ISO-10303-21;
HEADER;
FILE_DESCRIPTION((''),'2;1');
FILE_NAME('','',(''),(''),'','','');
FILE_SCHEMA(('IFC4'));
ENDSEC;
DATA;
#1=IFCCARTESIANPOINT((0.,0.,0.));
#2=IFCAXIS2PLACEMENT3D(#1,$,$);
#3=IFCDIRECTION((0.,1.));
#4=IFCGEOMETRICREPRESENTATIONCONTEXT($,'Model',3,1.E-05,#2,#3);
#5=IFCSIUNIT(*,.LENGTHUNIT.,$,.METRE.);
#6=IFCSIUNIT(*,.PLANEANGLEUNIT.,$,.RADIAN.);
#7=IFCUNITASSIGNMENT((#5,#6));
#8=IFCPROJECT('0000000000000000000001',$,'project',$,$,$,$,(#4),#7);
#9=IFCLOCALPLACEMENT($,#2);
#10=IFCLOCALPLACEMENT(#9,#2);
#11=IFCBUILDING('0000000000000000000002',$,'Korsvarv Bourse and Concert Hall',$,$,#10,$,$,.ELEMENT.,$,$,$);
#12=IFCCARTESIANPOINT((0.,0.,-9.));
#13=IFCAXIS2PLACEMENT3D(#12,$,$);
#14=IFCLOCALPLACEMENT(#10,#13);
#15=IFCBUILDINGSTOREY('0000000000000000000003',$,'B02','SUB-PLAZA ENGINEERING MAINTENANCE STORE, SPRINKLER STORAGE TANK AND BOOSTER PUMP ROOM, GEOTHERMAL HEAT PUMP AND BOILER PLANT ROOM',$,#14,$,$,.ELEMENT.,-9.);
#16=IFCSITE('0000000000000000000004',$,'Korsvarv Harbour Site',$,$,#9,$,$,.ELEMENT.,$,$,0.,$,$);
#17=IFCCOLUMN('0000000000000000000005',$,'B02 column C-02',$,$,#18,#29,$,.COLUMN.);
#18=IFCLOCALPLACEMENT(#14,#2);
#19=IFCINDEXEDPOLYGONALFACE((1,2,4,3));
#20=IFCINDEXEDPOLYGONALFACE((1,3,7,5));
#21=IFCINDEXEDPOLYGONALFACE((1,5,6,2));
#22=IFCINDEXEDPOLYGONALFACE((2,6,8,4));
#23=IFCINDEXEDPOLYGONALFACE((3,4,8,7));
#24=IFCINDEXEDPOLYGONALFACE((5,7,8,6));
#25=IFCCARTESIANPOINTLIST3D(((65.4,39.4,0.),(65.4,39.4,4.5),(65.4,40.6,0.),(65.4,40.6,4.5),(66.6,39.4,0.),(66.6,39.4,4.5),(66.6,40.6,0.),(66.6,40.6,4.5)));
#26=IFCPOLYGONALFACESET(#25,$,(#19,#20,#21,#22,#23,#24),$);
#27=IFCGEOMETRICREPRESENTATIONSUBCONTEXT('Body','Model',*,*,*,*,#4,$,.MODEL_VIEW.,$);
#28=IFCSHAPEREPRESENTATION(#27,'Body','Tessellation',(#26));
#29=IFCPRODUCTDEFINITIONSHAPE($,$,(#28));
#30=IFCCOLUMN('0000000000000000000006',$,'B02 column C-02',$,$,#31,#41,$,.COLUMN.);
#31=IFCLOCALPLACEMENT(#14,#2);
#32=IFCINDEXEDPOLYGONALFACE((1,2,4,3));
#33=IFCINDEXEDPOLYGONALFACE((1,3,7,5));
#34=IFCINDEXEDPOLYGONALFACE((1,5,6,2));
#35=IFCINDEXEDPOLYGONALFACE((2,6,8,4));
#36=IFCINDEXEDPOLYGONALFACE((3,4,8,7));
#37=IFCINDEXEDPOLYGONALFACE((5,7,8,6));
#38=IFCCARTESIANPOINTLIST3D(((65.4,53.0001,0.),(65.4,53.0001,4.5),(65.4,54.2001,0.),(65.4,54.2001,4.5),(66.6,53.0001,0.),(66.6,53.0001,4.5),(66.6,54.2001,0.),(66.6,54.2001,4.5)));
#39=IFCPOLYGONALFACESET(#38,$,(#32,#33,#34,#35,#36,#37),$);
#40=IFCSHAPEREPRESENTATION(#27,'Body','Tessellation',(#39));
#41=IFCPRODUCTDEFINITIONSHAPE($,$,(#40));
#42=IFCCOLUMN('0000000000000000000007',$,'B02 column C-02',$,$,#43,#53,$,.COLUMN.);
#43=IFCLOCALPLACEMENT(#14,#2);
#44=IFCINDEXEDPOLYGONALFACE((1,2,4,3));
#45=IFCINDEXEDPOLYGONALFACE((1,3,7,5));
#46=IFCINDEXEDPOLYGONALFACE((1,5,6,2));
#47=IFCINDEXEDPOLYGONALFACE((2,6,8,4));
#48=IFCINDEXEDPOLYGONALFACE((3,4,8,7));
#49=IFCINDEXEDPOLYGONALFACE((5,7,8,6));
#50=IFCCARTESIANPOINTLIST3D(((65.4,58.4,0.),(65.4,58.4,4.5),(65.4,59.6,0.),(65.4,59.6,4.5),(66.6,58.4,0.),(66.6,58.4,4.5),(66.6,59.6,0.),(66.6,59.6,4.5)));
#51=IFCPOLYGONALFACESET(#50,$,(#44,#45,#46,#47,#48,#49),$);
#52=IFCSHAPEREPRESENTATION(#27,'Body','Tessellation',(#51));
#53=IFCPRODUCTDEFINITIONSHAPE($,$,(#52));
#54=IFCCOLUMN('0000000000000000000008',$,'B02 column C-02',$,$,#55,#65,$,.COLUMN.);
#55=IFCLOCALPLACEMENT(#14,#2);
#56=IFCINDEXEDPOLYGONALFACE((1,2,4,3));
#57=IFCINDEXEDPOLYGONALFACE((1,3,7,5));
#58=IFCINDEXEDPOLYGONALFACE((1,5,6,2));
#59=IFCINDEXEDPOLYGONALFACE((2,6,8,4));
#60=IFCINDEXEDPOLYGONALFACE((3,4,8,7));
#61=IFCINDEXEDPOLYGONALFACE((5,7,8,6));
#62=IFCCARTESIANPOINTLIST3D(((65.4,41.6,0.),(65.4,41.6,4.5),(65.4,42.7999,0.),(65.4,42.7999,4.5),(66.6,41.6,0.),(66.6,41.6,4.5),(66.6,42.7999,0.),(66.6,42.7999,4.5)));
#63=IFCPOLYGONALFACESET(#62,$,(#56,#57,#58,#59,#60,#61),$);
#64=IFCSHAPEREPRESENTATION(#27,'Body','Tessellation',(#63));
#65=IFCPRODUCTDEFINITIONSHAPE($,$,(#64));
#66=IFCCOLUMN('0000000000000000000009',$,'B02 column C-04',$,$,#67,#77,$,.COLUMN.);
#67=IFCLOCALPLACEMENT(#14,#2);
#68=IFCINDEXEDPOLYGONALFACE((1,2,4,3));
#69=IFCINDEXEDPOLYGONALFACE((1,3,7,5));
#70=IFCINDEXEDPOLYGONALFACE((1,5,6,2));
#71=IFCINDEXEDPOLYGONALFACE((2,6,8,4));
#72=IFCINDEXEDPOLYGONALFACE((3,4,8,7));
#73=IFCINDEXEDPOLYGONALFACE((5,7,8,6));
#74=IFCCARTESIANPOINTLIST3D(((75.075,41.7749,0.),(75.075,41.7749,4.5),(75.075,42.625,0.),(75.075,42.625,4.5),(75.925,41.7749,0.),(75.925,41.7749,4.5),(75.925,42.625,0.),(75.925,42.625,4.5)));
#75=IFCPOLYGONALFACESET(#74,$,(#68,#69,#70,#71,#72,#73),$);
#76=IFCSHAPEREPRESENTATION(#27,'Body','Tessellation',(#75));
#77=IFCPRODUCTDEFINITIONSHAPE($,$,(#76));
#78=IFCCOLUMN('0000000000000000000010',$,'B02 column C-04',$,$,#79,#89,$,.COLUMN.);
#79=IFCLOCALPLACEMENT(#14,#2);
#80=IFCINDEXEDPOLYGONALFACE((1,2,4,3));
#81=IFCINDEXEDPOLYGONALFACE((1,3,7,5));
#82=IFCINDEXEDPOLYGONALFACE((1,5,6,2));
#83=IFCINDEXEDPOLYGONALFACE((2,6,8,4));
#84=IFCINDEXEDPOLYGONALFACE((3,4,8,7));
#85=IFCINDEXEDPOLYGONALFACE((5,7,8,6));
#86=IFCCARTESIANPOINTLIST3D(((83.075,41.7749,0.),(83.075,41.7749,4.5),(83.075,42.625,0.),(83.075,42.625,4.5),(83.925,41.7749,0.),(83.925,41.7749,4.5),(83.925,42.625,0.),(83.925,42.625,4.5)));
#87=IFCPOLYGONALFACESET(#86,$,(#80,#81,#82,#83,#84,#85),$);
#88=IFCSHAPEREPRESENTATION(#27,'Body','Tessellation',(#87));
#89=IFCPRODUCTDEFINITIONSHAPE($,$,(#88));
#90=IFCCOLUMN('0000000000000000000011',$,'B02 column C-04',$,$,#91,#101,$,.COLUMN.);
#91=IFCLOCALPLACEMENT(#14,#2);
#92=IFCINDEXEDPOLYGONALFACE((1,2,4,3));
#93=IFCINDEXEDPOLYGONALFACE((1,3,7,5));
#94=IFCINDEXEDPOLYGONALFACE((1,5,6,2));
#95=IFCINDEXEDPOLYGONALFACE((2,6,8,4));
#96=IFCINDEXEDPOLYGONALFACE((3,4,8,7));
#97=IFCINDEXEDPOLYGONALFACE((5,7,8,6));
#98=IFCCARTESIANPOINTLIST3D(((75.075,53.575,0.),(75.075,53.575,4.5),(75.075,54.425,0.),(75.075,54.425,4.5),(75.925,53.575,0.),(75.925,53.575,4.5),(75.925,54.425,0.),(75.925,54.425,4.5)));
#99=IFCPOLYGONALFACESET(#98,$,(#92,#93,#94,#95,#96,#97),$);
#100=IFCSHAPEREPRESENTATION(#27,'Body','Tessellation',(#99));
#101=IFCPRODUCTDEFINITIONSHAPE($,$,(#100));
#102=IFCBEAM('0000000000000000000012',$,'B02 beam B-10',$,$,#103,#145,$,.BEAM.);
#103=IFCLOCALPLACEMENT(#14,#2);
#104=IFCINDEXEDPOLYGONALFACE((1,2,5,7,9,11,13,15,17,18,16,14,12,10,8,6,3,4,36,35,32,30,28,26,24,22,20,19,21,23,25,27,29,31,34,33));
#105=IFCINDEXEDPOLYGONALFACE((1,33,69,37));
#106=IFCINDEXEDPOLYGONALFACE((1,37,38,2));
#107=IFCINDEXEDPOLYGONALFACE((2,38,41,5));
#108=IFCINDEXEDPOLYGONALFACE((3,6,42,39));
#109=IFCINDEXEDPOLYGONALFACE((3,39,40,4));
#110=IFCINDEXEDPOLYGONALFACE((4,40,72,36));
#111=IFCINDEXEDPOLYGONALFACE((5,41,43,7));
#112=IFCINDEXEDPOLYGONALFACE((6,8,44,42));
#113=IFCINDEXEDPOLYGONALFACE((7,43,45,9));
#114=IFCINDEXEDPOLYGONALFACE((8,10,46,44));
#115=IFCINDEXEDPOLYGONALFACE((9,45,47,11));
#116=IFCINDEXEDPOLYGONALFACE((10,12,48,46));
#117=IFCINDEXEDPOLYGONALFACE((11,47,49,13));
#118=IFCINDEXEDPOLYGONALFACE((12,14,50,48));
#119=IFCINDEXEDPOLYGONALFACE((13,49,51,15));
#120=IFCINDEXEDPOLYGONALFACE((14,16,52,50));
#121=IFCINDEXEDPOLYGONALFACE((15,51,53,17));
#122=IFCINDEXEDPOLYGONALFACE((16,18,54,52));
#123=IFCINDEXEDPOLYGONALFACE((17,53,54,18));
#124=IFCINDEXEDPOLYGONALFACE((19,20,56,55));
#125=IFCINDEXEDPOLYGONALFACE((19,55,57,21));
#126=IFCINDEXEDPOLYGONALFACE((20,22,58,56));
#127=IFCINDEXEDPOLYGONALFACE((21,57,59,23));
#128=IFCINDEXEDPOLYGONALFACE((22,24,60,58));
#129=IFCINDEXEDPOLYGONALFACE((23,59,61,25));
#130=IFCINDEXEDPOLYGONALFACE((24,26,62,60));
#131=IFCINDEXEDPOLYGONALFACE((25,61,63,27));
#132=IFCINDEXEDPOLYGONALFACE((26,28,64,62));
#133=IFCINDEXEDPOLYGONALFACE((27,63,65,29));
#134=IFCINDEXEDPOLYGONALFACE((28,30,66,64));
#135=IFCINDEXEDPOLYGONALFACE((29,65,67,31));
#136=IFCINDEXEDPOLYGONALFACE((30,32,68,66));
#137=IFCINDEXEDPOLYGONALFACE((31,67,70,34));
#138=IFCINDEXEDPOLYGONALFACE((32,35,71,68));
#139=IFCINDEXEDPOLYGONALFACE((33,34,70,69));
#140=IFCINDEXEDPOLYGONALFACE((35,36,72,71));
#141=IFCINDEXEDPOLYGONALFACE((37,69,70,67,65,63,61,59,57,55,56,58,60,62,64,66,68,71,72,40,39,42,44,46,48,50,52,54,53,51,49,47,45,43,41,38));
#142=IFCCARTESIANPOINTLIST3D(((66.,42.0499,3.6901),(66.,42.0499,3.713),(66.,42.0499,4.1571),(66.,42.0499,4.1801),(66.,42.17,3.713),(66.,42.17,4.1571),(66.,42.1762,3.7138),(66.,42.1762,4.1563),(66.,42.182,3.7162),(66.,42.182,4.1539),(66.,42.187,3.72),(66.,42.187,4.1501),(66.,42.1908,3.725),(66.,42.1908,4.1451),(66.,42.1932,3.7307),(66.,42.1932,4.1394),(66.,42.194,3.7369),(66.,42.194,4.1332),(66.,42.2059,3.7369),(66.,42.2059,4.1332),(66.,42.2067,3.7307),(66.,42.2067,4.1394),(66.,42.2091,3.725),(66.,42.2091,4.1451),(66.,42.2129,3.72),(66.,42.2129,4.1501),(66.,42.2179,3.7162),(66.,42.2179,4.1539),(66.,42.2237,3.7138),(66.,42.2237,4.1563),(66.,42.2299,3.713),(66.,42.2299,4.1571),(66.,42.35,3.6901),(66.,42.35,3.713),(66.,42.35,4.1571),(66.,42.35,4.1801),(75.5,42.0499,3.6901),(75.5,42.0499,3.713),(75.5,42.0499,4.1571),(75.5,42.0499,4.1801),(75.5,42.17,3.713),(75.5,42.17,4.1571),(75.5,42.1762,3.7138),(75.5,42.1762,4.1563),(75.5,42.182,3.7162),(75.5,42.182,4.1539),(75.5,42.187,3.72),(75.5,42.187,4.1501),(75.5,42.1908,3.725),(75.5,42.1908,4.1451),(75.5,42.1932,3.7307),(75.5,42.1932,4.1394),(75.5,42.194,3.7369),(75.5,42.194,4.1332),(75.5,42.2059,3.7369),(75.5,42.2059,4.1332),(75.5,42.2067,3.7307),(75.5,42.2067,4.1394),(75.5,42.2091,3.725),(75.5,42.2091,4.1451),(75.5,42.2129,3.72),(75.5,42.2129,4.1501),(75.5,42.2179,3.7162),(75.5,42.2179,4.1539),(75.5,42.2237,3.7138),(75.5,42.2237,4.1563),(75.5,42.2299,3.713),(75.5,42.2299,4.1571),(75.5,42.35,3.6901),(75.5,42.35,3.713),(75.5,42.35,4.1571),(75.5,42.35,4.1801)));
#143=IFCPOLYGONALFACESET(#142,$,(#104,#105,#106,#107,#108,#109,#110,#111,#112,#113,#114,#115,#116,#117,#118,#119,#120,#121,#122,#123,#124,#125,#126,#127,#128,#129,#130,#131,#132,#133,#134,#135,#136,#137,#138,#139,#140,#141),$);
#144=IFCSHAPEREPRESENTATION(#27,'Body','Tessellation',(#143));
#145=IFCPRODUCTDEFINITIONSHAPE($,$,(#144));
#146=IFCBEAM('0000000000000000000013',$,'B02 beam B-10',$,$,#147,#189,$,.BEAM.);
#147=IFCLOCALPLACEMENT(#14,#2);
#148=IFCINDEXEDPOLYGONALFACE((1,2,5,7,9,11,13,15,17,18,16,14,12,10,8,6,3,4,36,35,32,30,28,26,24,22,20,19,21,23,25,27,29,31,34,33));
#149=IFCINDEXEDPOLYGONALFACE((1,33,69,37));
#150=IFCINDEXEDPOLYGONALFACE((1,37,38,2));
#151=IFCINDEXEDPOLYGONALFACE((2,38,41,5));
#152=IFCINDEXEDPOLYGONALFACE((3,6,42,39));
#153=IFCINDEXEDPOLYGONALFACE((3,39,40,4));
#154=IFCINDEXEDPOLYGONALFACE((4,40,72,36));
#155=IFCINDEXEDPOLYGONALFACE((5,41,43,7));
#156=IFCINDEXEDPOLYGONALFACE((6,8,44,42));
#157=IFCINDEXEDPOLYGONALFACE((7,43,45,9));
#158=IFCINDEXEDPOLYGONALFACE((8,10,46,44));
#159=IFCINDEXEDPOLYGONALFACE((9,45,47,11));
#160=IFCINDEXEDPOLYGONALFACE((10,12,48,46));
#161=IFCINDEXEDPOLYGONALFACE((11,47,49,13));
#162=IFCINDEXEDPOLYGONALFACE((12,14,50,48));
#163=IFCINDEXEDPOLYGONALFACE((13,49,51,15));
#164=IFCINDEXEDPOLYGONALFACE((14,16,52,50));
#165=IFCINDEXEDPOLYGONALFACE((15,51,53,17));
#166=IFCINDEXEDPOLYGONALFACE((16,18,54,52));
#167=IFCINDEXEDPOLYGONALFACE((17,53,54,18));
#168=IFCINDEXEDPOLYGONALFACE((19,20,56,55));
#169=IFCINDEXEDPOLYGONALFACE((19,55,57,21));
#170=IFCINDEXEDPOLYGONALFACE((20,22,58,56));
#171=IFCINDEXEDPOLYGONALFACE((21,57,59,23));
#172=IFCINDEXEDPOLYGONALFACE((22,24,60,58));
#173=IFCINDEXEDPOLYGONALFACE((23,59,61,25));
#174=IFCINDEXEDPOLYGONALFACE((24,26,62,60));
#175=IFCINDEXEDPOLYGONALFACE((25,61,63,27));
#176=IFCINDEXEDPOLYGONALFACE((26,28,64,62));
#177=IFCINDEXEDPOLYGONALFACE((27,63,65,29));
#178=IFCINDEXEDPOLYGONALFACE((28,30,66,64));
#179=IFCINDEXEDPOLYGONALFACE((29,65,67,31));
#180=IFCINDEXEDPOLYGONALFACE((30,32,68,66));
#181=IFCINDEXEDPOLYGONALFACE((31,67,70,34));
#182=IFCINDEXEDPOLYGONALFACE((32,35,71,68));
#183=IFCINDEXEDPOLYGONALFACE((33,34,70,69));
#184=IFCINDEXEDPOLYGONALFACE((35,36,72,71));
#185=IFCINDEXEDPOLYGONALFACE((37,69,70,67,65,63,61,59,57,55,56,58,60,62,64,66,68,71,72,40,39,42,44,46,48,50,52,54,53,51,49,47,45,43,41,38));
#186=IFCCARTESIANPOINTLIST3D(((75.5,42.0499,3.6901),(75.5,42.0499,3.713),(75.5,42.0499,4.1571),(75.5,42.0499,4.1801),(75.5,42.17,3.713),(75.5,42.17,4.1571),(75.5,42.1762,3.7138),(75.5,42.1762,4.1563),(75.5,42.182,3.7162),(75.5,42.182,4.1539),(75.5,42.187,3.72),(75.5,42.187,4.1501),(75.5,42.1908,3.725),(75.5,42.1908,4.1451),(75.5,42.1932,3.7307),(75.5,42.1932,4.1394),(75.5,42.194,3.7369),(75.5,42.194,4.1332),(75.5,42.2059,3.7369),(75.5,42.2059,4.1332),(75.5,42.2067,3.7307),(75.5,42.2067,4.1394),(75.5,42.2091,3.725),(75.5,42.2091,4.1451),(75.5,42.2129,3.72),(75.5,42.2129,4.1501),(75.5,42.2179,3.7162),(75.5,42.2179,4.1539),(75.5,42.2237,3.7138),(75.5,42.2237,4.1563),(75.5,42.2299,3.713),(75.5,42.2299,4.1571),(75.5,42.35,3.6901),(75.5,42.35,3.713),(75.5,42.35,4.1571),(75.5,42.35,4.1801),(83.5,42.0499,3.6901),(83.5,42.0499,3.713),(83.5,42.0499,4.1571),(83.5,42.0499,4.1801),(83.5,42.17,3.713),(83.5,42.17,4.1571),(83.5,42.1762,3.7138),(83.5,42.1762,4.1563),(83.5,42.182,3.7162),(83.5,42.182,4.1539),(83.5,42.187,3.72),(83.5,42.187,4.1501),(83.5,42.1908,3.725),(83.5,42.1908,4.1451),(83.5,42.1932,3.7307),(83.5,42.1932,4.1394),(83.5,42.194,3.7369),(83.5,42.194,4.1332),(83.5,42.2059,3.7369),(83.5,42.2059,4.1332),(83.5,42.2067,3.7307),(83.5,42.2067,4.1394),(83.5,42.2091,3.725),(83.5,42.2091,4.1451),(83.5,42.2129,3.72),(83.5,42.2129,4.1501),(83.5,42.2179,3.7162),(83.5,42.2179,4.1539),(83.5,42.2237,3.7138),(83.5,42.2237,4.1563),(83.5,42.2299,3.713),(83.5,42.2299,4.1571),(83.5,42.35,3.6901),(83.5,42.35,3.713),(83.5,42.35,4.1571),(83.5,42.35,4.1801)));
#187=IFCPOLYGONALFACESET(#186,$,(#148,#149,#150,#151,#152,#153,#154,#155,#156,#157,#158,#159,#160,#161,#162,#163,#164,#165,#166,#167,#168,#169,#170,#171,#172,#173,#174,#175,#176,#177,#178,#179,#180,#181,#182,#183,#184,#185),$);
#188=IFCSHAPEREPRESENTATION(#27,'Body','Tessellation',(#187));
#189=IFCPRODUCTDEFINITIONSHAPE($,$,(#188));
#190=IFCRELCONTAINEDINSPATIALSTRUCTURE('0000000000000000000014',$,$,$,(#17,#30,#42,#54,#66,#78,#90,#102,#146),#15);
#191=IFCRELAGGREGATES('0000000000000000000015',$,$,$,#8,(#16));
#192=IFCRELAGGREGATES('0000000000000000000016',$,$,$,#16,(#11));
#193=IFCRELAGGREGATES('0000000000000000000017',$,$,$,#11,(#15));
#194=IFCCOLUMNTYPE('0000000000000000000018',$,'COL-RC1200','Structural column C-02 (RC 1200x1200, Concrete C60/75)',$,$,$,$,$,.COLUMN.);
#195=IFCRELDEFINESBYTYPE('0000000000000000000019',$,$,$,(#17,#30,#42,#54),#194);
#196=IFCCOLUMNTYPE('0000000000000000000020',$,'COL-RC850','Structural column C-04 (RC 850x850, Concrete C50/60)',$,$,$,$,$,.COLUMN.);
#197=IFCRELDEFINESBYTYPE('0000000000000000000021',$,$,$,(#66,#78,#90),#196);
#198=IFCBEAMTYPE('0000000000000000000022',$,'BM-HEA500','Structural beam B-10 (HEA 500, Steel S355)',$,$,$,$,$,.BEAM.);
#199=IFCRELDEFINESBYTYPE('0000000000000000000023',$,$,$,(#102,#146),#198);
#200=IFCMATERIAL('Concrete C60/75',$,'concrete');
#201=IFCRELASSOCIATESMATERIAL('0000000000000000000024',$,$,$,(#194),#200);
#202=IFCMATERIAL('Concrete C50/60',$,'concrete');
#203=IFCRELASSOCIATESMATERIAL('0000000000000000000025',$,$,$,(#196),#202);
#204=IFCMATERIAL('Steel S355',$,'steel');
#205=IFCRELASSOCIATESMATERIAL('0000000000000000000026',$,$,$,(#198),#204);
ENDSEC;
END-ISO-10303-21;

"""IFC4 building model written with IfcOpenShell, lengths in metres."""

from ifc_helpers import new_model, si_unit, direction, frame, origin, origin_2d, place, context, subcontext, project, spatial, rectangle, i_section, extrude, source, transform, mapped, material, material_profile, profile_set, type_object, element, save


model = new_model("IFC4")

# Units and contexts
model_context = context("Model", 3, precision=1e-05, world=origin(), true_north=direction((0.0, 1.0)))
body_context = subcontext(model_context, "Body", "Model", "MODEL_VIEW")
ifc_project = project(units=[si_unit("LENGTHUNIT", "METRE"), si_unit("PLANEANGLEUNIT", "RADIAN")], contexts=[model_context])

# Site, building, storey
site_placement = place(None, origin())
site = spatial("IfcSite", under=ifc_project, at=site_placement, Name="Korsvarv Harbour Site", CompositionType="ELEMENT", RefElevation=0.0)
building_placement = place(site_placement, origin())
building = spatial("IfcBuilding", under=site, at=building_placement, Name="Korsvarv Bourse and Concert Hall", CompositionType="ELEMENT")
storey_placement = place(building_placement, frame((0.0, 0.0, -9.0)))
storey = spatial("IfcBuildingStorey", under=building, at=storey_placement, Name="B02", Description="SUB-PLAZA ENGINEERING MAINTENANCE STORE, SPRINKLER STORAGE TANK AND BOOSTER PUMP ROOM, GEOTHERMAL HEAT PUMP AND BOILER PLANT ROOM", CompositionType="ELEMENT", Elevation=-9.0)

# Columns
ifc_material_1 = material(Name="Concrete C60/75", Category="concrete")
ifc_material_profile_1 = material_profile(ifc_material_1, rectangle(XDim=1.2, YDim=1.2, at=origin_2d()), Name="RC 1200x1200")
ifc_profile_set_1 = profile_set([ifc_material_profile_1], Name="Concrete C60/75")
column_type_1 = type_object("IfcColumnType", Name="COL-RC1200", Description="Structural column C-02 (RC 1200x1200, Concrete C60/75)", PredefinedType="COLUMN", material=ifc_profile_set_1)
shared_shape_1 = source(origin(), body_context, "Body", "SweptSolid", [
    extrude(rectangle(XDim=1.2, YDim=1.2, at=origin_2d()), origin(), (0.0, 0.0, 1.0), 4.5),
])
for number, where, z_axis, x_axis, name in (
    (1, (66.0, 40.0, 0.0), (0.0, 0.0, 1.0), (1.0, 0.0, 0.0), "B02 column C-02"),
    (2, (66.0, 53.6001, 0.0), (0.0, 0.0, 1.0), (1.0, 0.0, 0.0), "B02 column C-02"),
    (3, (66.0, 59.0, 0.0), (0.0, 0.0, 1.0), (1.0, 0.0, 0.0), "B02 column C-02"),
    (4, (66.0, 42.2, 0.0), (0.0, 0.0, 1.0), (1.0, 0.0, 0.0), "B02 column C-02"),
):
    element("IfcColumn", number, at=place(storey_placement, frame(where, z_axis=z_axis, x_axis=x_axis)), inside=storey, type_object=column_type_1, Name=name, PredefinedType="COLUMN", context=body_context, shape_type="MappedRepresentation", body=[
        mapped(shared_shape_1, transform((0.0, 0.0, 0.0), scale=1.0)),
    ])
ifc_material_2 = material(Name="Concrete C50/60", Category="concrete")
ifc_material_profile_2 = material_profile(ifc_material_2, rectangle(XDim=0.8501, YDim=0.8501, at=origin_2d()), Name="RC 850x850")
ifc_profile_set_2 = profile_set([ifc_material_profile_2], Name="Concrete C50/60")
column_type_2 = type_object("IfcColumnType", Name="COL-RC850", Description="Structural column C-04 (RC 850x850, Concrete C50/60)", PredefinedType="COLUMN", material=ifc_profile_set_2)
shared_shape_2 = source(origin(), body_context, "Body", "SweptSolid", [
    extrude(rectangle(XDim=0.8501, YDim=0.8501, at=origin_2d()), origin(), (0.0, 0.0, 1.0), 4.5),
])
for number, where, z_axis, x_axis, name in (
    (5, (75.5, 42.2, 0.0), (0.0, 0.0, 1.0), (1.0, 0.0, 0.0), "B02 column C-04"),
    (6, (83.5, 42.2, 0.0), (0.0, 0.0, 1.0), (1.0, 0.0, 0.0), "B02 column C-04"),
    (7, (75.5, 54.0, 0.0), (0.0, 0.0, 1.0), (1.0, 0.0, 0.0), "B02 column C-04"),
):
    element("IfcColumn", number, at=place(storey_placement, frame(where, z_axis=z_axis, x_axis=x_axis)), inside=storey, type_object=column_type_2, Name=name, PredefinedType="COLUMN", context=body_context, shape_type="MappedRepresentation", body=[
        mapped(shared_shape_2, transform((0.0, 0.0, 0.0), scale=1.0)),
    ])

# Beams
ifc_material_3 = material(Name="Steel S355", Category="steel")
ifc_material_profile_3 = material_profile(ifc_material_3, i_section(OverallWidth=0.3, OverallDepth=0.49, WebThickness=0.012, FlangeThickness=0.0229, FilletRadius=0.0239, at=origin_2d()), Name="HEA 500")
ifc_profile_set_3 = profile_set([ifc_material_profile_3], Name="Steel S355")
beam_type_1 = type_object("IfcBeamType", Name="BM-HEA500", Description="Structural beam B-10 (HEA 500, Steel S355)", PredefinedType="BEAM", material=ifc_profile_set_3)
shared_shape_3 = source(origin(), body_context, "Body", "SweptSolid", [
    extrude(i_section(OverallWidth=0.3, OverallDepth=0.49, WebThickness=0.012, FlangeThickness=0.0229, FilletRadius=0.0239, at=origin_2d()), origin(), (0.0, 0.0, 1.0), 9.5),
])
beam_1_placement = place(storey_placement, frame((66.0, 42.2, 3.9351), z_axis=(1.0, 0.0, 0.0), x_axis=(0.0, 1.0, 0.0)))
element("IfcBeam", 8, at=beam_1_placement, inside=storey, type_object=beam_type_1, Name="B02 beam B-10", PredefinedType="BEAM", context=body_context, shape_type="MappedRepresentation", body=[
    mapped(shared_shape_3, transform((0.0, 0.0, 0.0), scale=1.0)),
])
shared_shape_4 = source(origin(), body_context, "Body", "SweptSolid", [
    extrude(i_section(OverallWidth=0.3, OverallDepth=0.49, WebThickness=0.012, FlangeThickness=0.0229, FilletRadius=0.0239, at=origin_2d()), origin(), (0.0, 0.0, 1.0), 8.0),
])
beam_2_placement = place(storey_placement, frame((75.5, 42.2, 3.9351), z_axis=(1.0, 0.0, 0.0), x_axis=(0.0, 1.0, 0.0)))
element("IfcBeam", 9, at=beam_2_placement, inside=storey, type_object=beam_type_1, Name="B02 beam B-10", PredefinedType="BEAM", context=body_context, shape_type="MappedRepresentation", body=[
    mapped(shared_shape_4, transform((0.0, 0.0, 0.0), scale=1.0)),
])

save(model, "model.ifc")
